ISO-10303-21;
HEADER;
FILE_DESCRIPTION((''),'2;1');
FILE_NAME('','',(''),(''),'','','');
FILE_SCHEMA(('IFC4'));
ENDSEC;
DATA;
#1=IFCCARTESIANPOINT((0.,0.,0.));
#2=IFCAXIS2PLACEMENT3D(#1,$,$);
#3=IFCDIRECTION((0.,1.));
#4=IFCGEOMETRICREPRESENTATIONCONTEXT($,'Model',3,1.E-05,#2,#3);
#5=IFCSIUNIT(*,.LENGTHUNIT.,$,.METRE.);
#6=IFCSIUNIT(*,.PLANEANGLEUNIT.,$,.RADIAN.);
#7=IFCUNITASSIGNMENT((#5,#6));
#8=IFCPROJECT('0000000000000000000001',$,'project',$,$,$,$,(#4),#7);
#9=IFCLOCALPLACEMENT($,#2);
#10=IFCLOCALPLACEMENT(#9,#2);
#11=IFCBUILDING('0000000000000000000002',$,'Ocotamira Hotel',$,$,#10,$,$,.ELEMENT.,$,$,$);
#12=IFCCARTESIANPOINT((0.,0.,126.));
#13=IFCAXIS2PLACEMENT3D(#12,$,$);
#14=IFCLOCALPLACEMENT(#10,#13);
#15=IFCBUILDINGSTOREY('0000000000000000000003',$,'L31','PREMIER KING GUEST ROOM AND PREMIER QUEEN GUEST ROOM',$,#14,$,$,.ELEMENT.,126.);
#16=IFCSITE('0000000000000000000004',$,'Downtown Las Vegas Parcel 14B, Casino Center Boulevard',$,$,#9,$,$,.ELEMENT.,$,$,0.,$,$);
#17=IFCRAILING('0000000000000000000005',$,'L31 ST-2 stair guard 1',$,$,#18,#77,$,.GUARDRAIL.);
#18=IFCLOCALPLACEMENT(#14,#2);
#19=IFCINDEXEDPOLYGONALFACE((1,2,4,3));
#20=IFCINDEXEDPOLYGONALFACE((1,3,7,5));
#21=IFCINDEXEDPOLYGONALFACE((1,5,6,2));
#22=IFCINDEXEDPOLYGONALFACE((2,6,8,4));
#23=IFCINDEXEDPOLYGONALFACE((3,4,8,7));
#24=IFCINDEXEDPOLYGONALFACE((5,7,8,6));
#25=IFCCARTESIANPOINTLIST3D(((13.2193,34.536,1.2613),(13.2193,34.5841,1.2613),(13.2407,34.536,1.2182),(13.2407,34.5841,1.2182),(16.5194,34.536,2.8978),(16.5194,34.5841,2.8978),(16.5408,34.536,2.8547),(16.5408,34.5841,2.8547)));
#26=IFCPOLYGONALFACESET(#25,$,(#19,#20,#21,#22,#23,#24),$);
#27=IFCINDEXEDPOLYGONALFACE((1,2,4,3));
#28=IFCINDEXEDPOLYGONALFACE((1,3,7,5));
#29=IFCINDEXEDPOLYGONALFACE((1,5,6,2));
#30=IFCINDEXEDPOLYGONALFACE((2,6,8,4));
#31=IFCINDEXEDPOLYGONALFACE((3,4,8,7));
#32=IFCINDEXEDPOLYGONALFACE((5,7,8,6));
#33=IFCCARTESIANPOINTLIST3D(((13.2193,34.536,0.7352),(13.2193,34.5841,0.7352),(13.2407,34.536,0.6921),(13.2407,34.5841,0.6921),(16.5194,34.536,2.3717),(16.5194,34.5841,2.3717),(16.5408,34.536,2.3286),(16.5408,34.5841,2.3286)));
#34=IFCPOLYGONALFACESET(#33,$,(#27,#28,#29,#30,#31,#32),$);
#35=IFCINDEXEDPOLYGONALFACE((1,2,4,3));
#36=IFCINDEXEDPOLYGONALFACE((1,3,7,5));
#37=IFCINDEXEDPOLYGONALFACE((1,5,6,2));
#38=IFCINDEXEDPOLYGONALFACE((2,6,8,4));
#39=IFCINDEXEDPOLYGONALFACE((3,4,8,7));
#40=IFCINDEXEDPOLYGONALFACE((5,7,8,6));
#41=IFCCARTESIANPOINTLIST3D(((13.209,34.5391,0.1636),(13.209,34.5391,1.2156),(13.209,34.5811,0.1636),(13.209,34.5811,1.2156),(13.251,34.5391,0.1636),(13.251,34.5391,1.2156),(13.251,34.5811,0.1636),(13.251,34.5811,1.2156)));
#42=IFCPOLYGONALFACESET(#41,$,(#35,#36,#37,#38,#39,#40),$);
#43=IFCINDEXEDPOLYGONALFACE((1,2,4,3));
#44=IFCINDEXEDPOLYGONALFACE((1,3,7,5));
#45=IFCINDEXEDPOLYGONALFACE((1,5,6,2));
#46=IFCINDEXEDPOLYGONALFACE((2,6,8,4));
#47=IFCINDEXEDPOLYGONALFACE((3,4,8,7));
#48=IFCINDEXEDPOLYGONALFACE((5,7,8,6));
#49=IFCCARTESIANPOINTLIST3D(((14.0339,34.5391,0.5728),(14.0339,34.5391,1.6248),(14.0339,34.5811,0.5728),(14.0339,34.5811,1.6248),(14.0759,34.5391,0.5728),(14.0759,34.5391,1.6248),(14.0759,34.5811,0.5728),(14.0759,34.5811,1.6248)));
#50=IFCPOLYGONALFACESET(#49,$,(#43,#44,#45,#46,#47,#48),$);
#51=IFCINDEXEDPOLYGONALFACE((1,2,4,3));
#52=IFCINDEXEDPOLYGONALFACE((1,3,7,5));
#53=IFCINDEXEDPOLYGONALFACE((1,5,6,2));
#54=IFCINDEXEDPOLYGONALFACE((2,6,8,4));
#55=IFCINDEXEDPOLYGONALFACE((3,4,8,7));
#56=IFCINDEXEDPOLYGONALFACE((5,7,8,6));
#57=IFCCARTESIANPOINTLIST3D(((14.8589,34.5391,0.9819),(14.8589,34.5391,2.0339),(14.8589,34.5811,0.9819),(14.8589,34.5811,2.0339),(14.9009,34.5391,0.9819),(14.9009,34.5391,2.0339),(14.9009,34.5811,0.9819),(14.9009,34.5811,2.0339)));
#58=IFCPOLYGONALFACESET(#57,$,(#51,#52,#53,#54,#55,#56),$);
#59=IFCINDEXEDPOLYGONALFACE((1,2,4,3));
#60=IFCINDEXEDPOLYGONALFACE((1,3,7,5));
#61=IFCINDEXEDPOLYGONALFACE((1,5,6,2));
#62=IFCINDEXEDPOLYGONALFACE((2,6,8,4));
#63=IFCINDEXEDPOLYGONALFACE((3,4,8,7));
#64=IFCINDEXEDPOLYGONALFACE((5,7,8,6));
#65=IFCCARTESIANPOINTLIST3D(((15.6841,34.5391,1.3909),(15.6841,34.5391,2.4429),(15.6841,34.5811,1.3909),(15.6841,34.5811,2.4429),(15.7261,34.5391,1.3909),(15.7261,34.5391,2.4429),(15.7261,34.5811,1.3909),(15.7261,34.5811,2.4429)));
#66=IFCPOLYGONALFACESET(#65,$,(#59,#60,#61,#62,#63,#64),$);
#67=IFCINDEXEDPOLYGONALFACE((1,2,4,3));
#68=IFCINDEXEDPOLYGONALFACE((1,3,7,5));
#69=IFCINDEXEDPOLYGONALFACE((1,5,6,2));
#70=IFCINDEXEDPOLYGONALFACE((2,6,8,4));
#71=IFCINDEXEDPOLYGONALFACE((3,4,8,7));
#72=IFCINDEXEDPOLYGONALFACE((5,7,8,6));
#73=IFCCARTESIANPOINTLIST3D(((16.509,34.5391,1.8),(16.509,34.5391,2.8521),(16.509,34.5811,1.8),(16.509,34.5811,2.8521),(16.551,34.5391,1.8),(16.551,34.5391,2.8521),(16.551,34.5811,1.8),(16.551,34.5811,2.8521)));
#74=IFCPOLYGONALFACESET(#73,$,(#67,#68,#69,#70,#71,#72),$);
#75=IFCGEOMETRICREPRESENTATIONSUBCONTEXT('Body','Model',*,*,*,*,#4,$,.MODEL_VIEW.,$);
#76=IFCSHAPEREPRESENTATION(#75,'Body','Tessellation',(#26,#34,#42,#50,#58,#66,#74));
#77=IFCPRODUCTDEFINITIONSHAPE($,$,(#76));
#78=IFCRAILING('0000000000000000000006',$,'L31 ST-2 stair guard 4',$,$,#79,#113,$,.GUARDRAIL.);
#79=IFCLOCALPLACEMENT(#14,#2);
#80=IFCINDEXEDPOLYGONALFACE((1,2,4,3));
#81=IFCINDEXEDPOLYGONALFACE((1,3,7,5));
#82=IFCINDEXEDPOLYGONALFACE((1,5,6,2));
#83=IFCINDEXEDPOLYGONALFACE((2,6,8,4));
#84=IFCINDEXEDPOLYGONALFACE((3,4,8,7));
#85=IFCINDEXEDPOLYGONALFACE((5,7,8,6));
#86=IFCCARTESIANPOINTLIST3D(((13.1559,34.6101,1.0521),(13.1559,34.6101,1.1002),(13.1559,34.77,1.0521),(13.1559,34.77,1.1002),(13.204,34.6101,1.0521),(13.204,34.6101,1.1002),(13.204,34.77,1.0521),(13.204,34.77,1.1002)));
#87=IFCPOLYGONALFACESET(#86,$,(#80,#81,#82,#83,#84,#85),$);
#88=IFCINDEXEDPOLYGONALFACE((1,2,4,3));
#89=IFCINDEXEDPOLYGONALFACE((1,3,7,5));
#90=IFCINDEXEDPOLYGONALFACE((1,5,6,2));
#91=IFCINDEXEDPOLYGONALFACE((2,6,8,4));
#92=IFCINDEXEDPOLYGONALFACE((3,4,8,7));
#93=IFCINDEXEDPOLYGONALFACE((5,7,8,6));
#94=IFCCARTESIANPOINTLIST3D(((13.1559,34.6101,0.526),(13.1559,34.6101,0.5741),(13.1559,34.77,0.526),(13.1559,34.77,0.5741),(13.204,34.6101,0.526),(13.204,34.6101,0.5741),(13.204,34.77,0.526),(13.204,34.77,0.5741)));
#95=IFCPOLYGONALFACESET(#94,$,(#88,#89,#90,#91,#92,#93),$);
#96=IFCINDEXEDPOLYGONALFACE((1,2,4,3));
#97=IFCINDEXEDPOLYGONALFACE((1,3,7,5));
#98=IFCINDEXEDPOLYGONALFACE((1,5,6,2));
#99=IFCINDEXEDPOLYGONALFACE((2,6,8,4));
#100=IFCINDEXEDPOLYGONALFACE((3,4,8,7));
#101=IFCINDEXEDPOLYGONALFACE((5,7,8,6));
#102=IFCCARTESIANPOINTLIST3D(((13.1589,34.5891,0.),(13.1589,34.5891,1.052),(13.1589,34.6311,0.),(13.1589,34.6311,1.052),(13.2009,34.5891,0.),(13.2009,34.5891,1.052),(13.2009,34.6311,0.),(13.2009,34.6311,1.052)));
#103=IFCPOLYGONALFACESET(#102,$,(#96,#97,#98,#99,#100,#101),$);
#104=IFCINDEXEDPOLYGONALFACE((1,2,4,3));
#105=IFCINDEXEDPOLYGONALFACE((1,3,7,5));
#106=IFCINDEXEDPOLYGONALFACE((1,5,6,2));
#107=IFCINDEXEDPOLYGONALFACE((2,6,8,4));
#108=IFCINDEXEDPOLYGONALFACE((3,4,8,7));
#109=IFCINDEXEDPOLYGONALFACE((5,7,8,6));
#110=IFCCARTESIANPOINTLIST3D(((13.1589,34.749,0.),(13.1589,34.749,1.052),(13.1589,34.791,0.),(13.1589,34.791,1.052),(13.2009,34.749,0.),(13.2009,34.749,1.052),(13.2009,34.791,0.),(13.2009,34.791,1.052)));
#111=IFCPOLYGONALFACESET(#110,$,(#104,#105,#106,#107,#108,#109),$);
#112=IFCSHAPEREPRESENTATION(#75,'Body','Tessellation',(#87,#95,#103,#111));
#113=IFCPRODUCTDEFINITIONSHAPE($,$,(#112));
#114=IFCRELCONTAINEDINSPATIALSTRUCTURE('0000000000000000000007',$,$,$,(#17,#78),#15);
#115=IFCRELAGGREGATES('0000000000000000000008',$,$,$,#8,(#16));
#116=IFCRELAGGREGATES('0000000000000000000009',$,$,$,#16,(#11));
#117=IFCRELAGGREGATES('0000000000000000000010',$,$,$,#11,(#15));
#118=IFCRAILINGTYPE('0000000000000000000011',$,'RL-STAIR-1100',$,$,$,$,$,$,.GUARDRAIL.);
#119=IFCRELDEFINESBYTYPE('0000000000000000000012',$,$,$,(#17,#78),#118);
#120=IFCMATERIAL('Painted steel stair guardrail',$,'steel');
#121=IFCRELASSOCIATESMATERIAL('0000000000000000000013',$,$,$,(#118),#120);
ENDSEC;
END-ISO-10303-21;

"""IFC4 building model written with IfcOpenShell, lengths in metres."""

from ifc_helpers import new_model, si_unit, direction, frame, origin, origin_2d, place, context, subcontext, project, spatial, rectangle, extrude, material, type_object, element, save


model = new_model("IFC4")

# Units and contexts
model_context = context("Model", 3, precision=1e-05, world=origin(), true_north=direction((0.0, 1.0)))
body_context = subcontext(model_context, "Body", "Model", "MODEL_VIEW")
ifc_project = project(units=[si_unit("LENGTHUNIT", "METRE"), si_unit("PLANEANGLEUNIT", "RADIAN")], contexts=[model_context])

# Site, building, storey
site_placement = place(None, origin())
site = spatial("IfcSite", under=ifc_project, at=site_placement, Name="Downtown Las Vegas Parcel 14B, Casino Center Boulevard", CompositionType="ELEMENT", RefElevation=0.0)
building_placement = place(site_placement, origin())
building = spatial("IfcBuilding", under=site, at=building_placement, Name="Ocotamira Hotel", CompositionType="ELEMENT")
storey_placement = place(building_placement, frame((0.0, 0.0, 126.0)))
storey = spatial("IfcBuildingStorey", under=building, at=storey_placement, Name="L31", Description="PREMIER KING GUEST ROOM AND PREMIER QUEEN GUEST ROOM", CompositionType="ELEMENT", Elevation=126.0)

# Railings
ifc_material_1 = material(Name="Painted steel stair guardrail", Category="steel")
railing_type_1 = type_object("IfcRailingType", Name="RL-STAIR-1100", PredefinedType="GUARDRAIL", material=ifc_material_1)
railing_1_placement = place(storey_placement, frame((13.23, 34.5601, 0.1636)))
element("IfcRailing", 1, at=railing_1_placement, inside=storey, type_object=railing_type_1, Name="L31 ST-2 stair guard 1", PredefinedType="GUARDRAIL", context=body_context, shape_type="SweptSolid", body=[
    extrude(rectangle(XDim=0.0481, YDim=0.0481, at=origin_2d()), frame((0.0, 0.0, 1.0762), z_axis=(0.895894, 0.0, 0.444268), x_axis=(0.0, 1.0, 0.0)), (0.0, 0.0, 1.0), 3.6836),
    extrude(rectangle(XDim=0.0481, YDim=0.0481, at=origin_2d()), frame((0.0, 0.0, 0.55), z_axis=(0.895894, 0.0, 0.444268), x_axis=(0.0, 1.0, 0.0)), (0.0, 0.0, 1.0), 3.6836),
    extrude(rectangle(XDim=0.042, YDim=0.042, at=origin_2d()), origin(), (0.0, 0.0, 1.0), 1.052),
    extrude(rectangle(XDim=0.042, YDim=0.042, at=origin_2d()), frame((0.825, 0.0, 0.4092)), (0.0, 0.0, 1.0), 1.052),
    extrude(rectangle(XDim=0.042, YDim=0.042, at=origin_2d()), frame((1.6499, 0.0, 0.8184)), (0.0, 0.0, 1.0), 1.052),
    extrude(rectangle(XDim=0.042, YDim=0.042, at=origin_2d()), frame((2.4751, 0.0, 1.2273)), (0.0, 0.0, 1.0), 1.052),
    extrude(rectangle(XDim=0.042, YDim=0.042, at=origin_2d()), frame((3.3, 0.0, 1.6365)), (0.0, 0.0, 1.0), 1.052),
])
railing_2_placement = place(storey_placement, frame((13.1799, 34.6101, 0.0)))
element("IfcRailing", 2, at=railing_2_placement, inside=storey, type_object=railing_type_1, Name="L31 ST-2 stair guard 4", PredefinedType="GUARDRAIL", context=body_context, shape_type="SweptSolid", body=[
    extrude(rectangle(XDim=0.0481, YDim=0.0481, at=origin_2d()), frame((0.0, 0.0, 1.0762), z_axis=(0.0, 1.0, 0.0), x_axis=(-1.0, 0.0, 0.0)), (0.0, 0.0, 1.0), 0.1599),
    extrude(rectangle(XDim=0.0481, YDim=0.0481, at=origin_2d()), frame((0.0, 0.0, 0.55), z_axis=(0.0, 1.0, 0.0), x_axis=(-1.0, 0.0, 0.0)), (0.0, 0.0, 1.0), 0.1599),
    extrude(rectangle(XDim=0.042, YDim=0.042, at=origin_2d()), origin(), (0.0, 0.0, 1.0), 1.052),
    extrude(rectangle(XDim=0.042, YDim=0.042, at=origin_2d()), frame((0.0, 0.1599, 0.0)), (0.0, 0.0, 1.0), 1.052),
])

save(model, "model.ifc")
